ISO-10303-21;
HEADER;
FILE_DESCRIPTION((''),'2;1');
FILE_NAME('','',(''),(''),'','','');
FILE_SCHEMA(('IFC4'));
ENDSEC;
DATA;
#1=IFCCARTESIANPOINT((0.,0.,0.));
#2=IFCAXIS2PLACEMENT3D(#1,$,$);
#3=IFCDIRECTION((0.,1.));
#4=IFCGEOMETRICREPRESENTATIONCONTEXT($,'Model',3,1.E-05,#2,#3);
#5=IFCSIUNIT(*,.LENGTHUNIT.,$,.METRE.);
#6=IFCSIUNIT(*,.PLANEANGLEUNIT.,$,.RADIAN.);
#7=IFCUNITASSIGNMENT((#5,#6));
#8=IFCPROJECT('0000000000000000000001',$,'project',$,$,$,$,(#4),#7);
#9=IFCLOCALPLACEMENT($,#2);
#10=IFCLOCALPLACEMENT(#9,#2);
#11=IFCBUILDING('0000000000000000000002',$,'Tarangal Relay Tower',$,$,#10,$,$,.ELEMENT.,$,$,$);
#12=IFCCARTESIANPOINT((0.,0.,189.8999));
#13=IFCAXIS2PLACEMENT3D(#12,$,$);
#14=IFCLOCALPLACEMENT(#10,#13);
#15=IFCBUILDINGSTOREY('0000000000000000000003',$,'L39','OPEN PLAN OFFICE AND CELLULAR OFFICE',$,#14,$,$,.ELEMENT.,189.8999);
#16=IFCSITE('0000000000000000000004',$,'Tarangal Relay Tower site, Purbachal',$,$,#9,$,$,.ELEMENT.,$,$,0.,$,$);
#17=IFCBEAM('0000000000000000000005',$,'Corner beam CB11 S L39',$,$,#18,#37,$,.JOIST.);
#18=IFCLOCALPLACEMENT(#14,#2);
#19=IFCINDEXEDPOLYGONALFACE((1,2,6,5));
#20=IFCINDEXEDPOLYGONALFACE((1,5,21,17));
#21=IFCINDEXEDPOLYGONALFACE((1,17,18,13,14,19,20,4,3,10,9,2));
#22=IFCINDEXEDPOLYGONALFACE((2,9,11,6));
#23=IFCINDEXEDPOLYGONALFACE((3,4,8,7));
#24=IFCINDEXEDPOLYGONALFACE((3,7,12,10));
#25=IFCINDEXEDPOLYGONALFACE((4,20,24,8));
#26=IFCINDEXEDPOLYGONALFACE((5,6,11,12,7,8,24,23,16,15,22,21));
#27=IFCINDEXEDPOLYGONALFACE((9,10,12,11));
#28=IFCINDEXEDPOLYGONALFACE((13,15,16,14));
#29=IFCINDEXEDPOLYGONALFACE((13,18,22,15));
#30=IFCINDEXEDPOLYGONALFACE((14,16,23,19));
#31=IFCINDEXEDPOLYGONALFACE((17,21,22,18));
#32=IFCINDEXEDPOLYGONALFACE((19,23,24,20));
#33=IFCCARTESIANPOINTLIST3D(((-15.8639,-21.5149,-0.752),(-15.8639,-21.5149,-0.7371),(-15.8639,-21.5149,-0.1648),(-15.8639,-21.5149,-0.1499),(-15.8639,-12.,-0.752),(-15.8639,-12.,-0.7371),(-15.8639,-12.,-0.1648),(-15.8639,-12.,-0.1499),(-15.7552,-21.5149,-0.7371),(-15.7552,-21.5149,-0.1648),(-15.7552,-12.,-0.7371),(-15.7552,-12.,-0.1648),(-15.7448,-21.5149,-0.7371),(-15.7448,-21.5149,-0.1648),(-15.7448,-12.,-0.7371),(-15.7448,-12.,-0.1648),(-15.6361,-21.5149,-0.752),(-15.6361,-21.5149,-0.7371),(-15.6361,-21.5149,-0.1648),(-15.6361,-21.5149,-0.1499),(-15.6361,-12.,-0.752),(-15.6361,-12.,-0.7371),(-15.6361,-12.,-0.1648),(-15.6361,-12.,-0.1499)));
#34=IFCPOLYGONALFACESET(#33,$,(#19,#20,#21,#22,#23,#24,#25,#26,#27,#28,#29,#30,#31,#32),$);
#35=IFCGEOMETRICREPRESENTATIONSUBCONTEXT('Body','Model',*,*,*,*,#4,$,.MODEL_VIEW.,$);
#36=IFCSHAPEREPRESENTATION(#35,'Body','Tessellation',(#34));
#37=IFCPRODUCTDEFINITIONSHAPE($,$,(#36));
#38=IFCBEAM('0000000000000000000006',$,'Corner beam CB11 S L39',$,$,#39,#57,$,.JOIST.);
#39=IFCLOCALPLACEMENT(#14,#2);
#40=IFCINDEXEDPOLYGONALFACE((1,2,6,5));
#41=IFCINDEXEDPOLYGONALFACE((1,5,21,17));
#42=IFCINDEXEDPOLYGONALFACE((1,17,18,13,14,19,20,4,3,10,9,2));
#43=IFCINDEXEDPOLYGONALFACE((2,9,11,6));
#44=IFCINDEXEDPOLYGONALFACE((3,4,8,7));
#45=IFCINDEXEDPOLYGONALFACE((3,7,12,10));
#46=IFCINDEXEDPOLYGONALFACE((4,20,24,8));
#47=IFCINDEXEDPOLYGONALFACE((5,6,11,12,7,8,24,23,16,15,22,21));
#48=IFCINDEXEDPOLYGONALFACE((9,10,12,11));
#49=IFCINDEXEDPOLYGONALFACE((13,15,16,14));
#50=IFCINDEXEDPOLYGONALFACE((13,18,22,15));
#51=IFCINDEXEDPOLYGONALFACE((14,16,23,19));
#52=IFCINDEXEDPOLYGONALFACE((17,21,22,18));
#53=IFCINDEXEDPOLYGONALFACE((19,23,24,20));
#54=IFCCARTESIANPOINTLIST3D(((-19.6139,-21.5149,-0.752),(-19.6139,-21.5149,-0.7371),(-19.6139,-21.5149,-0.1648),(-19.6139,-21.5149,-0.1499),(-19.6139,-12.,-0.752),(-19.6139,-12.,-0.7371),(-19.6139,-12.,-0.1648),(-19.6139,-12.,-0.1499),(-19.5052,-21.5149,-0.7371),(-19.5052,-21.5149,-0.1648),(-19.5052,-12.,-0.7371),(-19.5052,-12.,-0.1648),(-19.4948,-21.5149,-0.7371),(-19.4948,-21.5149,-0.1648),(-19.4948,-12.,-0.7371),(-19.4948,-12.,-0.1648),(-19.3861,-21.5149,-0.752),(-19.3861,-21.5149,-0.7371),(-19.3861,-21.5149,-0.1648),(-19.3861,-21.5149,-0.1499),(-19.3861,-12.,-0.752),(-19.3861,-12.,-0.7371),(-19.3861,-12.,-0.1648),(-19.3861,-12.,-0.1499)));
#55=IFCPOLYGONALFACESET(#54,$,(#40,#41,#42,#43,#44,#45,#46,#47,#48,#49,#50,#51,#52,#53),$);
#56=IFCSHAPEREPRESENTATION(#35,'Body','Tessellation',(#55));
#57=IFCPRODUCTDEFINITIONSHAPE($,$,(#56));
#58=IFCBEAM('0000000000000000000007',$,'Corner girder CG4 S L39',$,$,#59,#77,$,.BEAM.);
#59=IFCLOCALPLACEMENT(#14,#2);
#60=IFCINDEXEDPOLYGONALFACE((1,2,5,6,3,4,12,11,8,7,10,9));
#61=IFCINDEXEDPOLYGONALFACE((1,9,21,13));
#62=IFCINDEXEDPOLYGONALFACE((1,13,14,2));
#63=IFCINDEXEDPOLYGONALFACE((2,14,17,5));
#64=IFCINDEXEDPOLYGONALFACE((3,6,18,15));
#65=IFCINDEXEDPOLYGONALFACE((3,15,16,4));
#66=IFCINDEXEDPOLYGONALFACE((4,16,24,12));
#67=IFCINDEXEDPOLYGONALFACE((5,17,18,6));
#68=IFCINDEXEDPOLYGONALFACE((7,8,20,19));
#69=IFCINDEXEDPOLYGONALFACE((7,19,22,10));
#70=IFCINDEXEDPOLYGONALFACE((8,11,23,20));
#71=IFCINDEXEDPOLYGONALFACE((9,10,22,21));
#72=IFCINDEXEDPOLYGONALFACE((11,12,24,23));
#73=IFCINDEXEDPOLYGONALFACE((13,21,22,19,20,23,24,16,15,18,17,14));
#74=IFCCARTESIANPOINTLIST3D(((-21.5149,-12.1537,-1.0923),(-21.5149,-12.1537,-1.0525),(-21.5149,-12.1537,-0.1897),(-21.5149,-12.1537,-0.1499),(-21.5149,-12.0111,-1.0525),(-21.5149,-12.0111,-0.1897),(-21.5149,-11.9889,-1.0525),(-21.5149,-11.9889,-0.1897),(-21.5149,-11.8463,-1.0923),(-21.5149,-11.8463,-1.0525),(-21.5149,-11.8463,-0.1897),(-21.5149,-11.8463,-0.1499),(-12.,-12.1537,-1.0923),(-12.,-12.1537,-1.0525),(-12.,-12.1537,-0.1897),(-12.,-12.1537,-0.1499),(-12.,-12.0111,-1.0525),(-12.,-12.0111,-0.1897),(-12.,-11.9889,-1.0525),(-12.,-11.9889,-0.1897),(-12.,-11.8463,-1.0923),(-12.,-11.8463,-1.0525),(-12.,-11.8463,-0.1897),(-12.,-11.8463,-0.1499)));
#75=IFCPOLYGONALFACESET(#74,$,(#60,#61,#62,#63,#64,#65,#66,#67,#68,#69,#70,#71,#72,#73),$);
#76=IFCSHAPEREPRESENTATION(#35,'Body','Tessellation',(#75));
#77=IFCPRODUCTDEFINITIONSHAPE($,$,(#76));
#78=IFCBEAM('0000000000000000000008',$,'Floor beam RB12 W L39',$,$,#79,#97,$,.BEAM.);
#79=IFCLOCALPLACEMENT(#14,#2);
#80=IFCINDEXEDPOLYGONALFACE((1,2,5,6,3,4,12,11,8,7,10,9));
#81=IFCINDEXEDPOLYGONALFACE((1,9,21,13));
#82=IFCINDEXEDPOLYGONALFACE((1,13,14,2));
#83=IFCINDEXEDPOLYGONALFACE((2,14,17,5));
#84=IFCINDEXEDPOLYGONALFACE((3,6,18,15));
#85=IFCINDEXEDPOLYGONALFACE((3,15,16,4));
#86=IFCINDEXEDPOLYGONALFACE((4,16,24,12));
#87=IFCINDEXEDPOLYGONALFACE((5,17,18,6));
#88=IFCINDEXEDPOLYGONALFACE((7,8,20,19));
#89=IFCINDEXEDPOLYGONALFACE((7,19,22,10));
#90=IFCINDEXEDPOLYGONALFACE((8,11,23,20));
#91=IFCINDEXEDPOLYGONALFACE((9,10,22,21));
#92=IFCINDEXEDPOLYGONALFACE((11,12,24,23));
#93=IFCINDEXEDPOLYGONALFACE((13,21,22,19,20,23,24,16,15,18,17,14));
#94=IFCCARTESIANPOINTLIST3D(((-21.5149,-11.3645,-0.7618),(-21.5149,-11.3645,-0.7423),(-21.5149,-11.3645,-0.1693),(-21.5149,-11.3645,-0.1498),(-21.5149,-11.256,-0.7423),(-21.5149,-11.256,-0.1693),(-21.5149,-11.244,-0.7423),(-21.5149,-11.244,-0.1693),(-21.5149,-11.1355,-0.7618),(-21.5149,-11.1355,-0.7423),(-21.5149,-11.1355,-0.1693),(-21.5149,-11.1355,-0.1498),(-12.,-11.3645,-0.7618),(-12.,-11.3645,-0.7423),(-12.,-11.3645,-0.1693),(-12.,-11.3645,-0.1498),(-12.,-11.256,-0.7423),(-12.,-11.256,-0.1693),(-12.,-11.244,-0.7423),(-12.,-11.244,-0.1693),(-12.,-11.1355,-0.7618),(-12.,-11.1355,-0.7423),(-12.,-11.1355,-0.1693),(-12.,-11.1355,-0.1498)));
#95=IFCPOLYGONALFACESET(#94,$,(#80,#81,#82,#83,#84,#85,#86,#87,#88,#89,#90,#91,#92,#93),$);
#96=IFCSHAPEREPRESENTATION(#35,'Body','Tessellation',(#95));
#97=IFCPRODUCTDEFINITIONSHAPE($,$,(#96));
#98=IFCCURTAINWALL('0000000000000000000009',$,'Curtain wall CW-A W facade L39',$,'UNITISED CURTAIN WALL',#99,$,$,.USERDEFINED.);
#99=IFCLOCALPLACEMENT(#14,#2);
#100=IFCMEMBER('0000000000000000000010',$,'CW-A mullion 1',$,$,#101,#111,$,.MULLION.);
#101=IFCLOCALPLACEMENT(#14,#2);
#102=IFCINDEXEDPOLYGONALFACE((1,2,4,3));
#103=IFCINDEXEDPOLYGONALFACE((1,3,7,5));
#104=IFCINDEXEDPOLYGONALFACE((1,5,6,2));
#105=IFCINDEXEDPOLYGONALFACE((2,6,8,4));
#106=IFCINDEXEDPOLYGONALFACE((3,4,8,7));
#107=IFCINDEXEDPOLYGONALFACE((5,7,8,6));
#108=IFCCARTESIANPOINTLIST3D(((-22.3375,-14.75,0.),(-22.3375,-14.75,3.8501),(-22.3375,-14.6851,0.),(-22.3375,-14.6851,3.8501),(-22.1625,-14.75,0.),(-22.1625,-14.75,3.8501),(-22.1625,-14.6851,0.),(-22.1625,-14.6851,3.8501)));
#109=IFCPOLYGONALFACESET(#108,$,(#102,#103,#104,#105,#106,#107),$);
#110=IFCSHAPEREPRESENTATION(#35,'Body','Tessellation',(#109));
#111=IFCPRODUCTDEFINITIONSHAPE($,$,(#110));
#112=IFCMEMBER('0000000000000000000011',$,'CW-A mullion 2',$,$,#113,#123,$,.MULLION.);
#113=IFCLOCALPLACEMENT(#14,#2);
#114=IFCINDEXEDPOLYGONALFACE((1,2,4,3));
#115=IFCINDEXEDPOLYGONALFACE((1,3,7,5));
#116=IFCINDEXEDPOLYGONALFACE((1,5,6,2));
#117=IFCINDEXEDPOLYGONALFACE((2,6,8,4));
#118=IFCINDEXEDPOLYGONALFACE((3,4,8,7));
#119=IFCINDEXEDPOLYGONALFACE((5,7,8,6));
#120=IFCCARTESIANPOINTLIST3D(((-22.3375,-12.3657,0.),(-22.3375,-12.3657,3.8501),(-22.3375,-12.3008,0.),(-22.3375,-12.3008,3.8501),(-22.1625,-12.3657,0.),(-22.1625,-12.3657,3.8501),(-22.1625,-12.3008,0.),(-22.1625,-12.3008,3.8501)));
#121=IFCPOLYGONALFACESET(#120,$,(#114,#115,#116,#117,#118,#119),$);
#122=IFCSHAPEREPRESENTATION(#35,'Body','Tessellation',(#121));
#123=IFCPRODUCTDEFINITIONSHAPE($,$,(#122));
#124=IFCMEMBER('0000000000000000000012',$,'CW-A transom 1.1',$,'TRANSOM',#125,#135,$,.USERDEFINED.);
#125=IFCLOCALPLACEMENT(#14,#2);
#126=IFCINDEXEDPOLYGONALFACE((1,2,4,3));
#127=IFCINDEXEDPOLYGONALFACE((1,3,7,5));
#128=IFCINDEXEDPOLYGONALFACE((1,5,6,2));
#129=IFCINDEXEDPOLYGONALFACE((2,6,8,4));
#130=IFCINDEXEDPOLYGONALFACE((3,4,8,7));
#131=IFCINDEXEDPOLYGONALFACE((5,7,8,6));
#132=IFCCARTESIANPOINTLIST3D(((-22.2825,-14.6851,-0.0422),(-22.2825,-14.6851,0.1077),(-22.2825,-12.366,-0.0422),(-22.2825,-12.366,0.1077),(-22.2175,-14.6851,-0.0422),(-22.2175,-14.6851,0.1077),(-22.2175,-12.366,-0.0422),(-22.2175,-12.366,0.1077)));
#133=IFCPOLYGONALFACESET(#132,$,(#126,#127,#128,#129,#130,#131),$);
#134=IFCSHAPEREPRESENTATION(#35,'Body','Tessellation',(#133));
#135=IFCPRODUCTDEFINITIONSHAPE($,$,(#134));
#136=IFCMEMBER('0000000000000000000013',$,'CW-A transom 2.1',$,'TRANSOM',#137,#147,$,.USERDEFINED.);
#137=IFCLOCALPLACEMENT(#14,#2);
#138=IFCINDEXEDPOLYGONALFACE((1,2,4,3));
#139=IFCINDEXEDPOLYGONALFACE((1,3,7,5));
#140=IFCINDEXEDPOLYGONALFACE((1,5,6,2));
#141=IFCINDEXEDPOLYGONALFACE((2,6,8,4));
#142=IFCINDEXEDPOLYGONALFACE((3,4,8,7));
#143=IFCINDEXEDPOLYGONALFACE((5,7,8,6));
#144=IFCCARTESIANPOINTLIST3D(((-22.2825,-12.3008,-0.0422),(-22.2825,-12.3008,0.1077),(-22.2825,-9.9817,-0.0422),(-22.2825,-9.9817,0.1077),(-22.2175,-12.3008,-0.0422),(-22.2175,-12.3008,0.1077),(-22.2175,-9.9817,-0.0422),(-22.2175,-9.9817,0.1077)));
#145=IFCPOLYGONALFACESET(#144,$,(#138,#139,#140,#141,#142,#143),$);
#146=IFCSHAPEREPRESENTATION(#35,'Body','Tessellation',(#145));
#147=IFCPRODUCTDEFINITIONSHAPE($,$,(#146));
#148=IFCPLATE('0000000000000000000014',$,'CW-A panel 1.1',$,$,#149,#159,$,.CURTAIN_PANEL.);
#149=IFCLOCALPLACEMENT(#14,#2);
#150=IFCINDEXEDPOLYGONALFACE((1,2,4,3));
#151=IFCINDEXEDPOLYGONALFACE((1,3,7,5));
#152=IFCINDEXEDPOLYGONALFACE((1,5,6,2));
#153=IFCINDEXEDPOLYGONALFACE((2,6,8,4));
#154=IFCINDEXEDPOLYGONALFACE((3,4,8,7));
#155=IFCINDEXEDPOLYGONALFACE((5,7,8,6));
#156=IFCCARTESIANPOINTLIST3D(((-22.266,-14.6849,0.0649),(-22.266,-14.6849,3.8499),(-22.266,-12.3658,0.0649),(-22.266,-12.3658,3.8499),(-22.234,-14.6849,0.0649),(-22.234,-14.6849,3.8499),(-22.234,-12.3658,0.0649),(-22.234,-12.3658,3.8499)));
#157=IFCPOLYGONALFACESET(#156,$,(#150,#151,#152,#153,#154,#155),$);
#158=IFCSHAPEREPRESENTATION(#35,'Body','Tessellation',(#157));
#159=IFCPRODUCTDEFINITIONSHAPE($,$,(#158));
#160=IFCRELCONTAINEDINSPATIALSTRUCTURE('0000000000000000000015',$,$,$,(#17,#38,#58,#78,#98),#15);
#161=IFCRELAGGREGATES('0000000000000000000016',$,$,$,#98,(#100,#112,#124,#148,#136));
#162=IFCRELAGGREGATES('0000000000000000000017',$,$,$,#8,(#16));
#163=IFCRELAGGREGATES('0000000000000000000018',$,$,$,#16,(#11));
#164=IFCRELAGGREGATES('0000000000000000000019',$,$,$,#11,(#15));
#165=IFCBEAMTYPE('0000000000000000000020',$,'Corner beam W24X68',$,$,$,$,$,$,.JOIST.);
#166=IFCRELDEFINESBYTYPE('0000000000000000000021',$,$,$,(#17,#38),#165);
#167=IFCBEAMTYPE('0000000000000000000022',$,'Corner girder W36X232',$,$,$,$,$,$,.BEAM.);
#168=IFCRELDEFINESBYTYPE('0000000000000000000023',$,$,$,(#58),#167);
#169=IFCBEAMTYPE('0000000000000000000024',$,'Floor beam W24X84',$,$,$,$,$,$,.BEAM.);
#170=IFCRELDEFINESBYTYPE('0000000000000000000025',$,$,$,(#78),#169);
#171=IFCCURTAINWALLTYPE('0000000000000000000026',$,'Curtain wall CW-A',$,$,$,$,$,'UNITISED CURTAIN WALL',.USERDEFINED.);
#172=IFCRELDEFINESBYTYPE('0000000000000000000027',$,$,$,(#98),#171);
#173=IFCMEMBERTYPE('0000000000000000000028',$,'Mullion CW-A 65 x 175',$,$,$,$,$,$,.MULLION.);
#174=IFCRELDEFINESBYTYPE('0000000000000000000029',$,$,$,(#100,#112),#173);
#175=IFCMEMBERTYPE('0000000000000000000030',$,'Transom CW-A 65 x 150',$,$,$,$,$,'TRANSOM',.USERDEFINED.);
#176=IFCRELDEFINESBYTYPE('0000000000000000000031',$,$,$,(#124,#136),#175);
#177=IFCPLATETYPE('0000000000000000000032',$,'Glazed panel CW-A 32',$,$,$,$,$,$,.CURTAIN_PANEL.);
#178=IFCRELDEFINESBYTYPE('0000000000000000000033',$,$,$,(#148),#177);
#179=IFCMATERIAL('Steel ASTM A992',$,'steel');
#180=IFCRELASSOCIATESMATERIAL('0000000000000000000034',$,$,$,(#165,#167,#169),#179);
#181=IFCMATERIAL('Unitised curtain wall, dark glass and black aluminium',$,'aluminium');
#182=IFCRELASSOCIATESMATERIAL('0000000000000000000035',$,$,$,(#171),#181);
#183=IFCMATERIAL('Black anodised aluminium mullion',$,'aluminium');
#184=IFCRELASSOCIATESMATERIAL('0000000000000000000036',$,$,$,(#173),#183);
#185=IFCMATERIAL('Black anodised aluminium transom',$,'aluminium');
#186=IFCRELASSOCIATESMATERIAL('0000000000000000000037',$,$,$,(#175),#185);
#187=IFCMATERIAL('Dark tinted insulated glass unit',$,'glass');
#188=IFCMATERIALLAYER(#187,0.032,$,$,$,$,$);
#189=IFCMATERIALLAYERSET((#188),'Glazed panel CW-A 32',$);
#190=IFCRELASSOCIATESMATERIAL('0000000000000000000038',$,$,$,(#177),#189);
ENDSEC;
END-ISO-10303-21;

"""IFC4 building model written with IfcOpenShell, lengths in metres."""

from ifc_helpers import new_model, si_unit, direction, frame, origin, origin_2d, place, context, subcontext, project, spatial, rectangle, i_section, extrude, material, layer, layer_set, material_profile, profile_set, type_object, element, aggregate, save


model = new_model("IFC4")

# Units and contexts
model_context = context("Model", 3, precision=1e-05, world=origin(), true_north=direction((0.0, 1.0)))
body_context = subcontext(model_context, "Body", "Model", "MODEL_VIEW")
ifc_project = project(units=[si_unit("LENGTHUNIT", "METRE"), si_unit("PLANEANGLEUNIT", "RADIAN")], contexts=[model_context])

# Site, building, storey
site_placement = place(None, origin())
site = spatial("IfcSite", under=ifc_project, at=site_placement, Name="Tarangal Relay Tower site, Purbachal", CompositionType="ELEMENT", RefElevation=0.0)
building_placement = place(site_placement, origin())
building = spatial("IfcBuilding", under=site, at=building_placement, Name="Tarangal Relay Tower", CompositionType="ELEMENT")
storey_placement = place(building_placement, frame((0.0, 0.0, 189.8999)))
storey = spatial("IfcBuildingStorey", under=building, at=storey_placement, Name="L39", Description="OPEN PLAN OFFICE AND CELLULAR OFFICE", CompositionType="ELEMENT", Elevation=189.8999)

# Beams
ifc_material_1 = material(Name="Steel ASTM A992", Category="steel")
ifc_material_profile_1 = material_profile(ifc_material_1, i_section(OverallWidth=0.2278, OverallDepth=0.6021, WebThickness=0.0105, FlangeThickness=0.0149, at=origin_2d()), Name="W24X68")
ifc_profile_set_1 = profile_set([ifc_material_profile_1], Name="Steel ASTM A992")
beam_type_1 = type_object("IfcBeamType", Name="Corner beam W24X68", PredefinedType="JOIST", material=ifc_profile_set_1)
for number, where, z_axis, x_axis, name in (
    (1, (-15.75, -12.0, -0.4509), (0.0, -1.0, 0.0), (1.0, 0.0, 0.0), "Corner beam CB11 S L39"),
    (2, (-19.5, -12.0, -0.4509), (0.0, -1.0, 0.0), (1.0, 0.0, 0.0), "Corner beam CB11 S L39"),
):
    element("IfcBeam", number, at=place(storey_placement, frame(where, z_axis=z_axis, x_axis=x_axis)), inside=storey, type_object=beam_type_1, Name=name, PredefinedType="JOIST", context=body_context, shape_type="SweptSolid", body=[
        extrude(i_section(OverallWidth=0.2278, OverallDepth=0.6021, WebThickness=0.0105, FlangeThickness=0.0149, at=origin_2d()), origin(), (0.0, 0.0, 1.0), 9.5149),
    ])
ifc_material_profile_2 = material_profile(ifc_material_1, i_section(OverallWidth=0.3074, OverallDepth=0.9424, WebThickness=0.0222, FlangeThickness=0.0398, at=origin_2d()), Name="W36X232")
ifc_profile_set_2 = profile_set([ifc_material_profile_2], Name="Steel ASTM A992")
beam_type_2 = type_object("IfcBeamType", Name="Corner girder W36X232", PredefinedType="BEAM", material=ifc_profile_set_2)
beam_1_placement = place(storey_placement, frame((-12.0, -12.0, -0.6211), z_axis=(-1.0, 0.0, 0.0), x_axis=(0.0, -1.0, 0.0)))
element("IfcBeam", 3, at=beam_1_placement, inside=storey, type_object=beam_type_2, Name="Corner girder CG4 S L39", PredefinedType="BEAM", context=body_context, shape_type="SweptSolid", body=[
    extrude(i_section(OverallWidth=0.3074, OverallDepth=0.9424, WebThickness=0.0222, FlangeThickness=0.0398, at=origin_2d()), origin(), (0.0, 0.0, 1.0), 9.5149),
])
ifc_material_profile_3 = material_profile(ifc_material_1, i_section(OverallWidth=0.229, OverallDepth=0.6121, WebThickness=0.012, FlangeThickness=0.0195, at=origin_2d()), Name="W24X84")
ifc_profile_set_3 = profile_set([ifc_material_profile_3], Name="Steel ASTM A992")
beam_type_3 = type_object("IfcBeamType", Name="Floor beam W24X84", PredefinedType="BEAM", material=ifc_profile_set_3)
beam_2_placement = place(storey_placement, frame((-12.0, -11.25, -0.4558), z_axis=(-1.0, 0.0, 0.0), x_axis=(0.0, -1.0, 0.0)))
element("IfcBeam", 4, at=beam_2_placement, inside=storey, type_object=beam_type_3, Name="Floor beam RB12 W L39", PredefinedType="BEAM", context=body_context, shape_type="SweptSolid", body=[
    extrude(i_section(OverallWidth=0.229, OverallDepth=0.6121, WebThickness=0.012, FlangeThickness=0.0195, at=origin_2d()), origin(), (0.0, 0.0, 1.0), 9.5149),
])

# Curtain wall, members, plate
ifc_material_2 = material(Name="Unitised curtain wall, dark glass and black aluminium", Category="aluminium")
curtain_wall_type = type_object("IfcCurtainWallType", Name="Curtain wall CW-A", ElementType="UNITISED CURTAIN WALL", PredefinedType="USERDEFINED", material=ifc_material_2)
curtain_wall_placement = place(storey_placement, origin())
curtain_wall = element("IfcCurtainWall", 5, at=curtain_wall_placement, inside=storey, type_object=curtain_wall_type, Name="Curtain wall CW-A W facade L39", ObjectType="UNITISED CURTAIN WALL", PredefinedType="USERDEFINED")
ifc_material_3 = material(Name="Black anodised aluminium mullion", Category="aluminium")
ifc_material_profile_4 = material_profile(ifc_material_3, rectangle(XDim=0.175, YDim=0.0649, at=origin_2d()), Name="CW-AM 65X175")
ifc_profile_set_4 = profile_set([ifc_material_profile_4], Name="Black anodised aluminium mullion")
member_type_1 = type_object("IfcMemberType", Name="Mullion CW-A 65 x 175", PredefinedType="MULLION", material=ifc_profile_set_4)
member_1_placement = place(storey_placement, frame((-22.25, -14.7175, 0.0), z_axis=(0.0, 0.0, 1.0), x_axis=(-1.0, 0.0, 0.0)))
member_1 = element("IfcMember", 6, at=member_1_placement, type_object=member_type_1, Name="CW-A mullion 1", PredefinedType="MULLION", context=body_context, shape_type="SweptSolid", body=[
    extrude(rectangle(XDim=0.175, YDim=0.0649, at=origin_2d()), origin(), (0.0, 0.0, 1.0), 3.8501),
])
member_2_placement = place(storey_placement, frame((-22.25, -12.3333, 0.0), z_axis=(0.0, 0.0, 1.0), x_axis=(-1.0, 0.0, 0.0)))
member_2 = element("IfcMember", 7, at=member_2_placement, type_object=member_type_1, Name="CW-A mullion 2", PredefinedType="MULLION", context=body_context, shape_type="SweptSolid", body=[
    extrude(rectangle(XDim=0.175, YDim=0.0649, at=origin_2d()), origin(), (0.0, 0.0, 1.0), 3.8501),
])
ifc_material_4 = material(Name="Black anodised aluminium transom", Category="aluminium")
ifc_material_profile_5 = material_profile(ifc_material_4, rectangle(XDim=0.0649, YDim=0.1499, at=origin_2d()), Name="CW-AT 65X150")
ifc_profile_set_5 = profile_set([ifc_material_profile_5], Name="Black anodised aluminium transom")
member_type_2 = type_object("IfcMemberType", Name="Transom CW-A 65 x 150", ElementType="TRANSOM", PredefinedType="USERDEFINED", material=ifc_profile_set_5)
member_3_placement = place(storey_placement, frame((-22.25, -14.6851, 0.0327), z_axis=(0.0, 1.0, 0.0), x_axis=(-1.0, 0.0, 0.0)))
member_3 = element("IfcMember", 8, at=member_3_placement, type_object=member_type_2, Name="CW-A transom 1.1", ObjectType="TRANSOM", PredefinedType="USERDEFINED", context=body_context, shape_type="SweptSolid", body=[
    extrude(rectangle(XDim=0.0649, YDim=0.1499, at=origin_2d()), origin(), (0.0, 0.0, 1.0), 2.3191),
])
member_4_placement = place(storey_placement, frame((-22.25, -12.3008, 0.0327), z_axis=(0.0, 1.0, 0.0), x_axis=(-1.0, 0.0, 0.0)))
member_4 = element("IfcMember", 9, at=member_4_placement, type_object=member_type_2, Name="CW-A transom 2.1", ObjectType="TRANSOM", PredefinedType="USERDEFINED", context=body_context, shape_type="SweptSolid", body=[
    extrude(rectangle(XDim=0.0649, YDim=0.1499, at=origin_2d()), origin(), (0.0, 0.0, 1.0), 2.3191),
])
ifc_material_5 = material(Name="Dark tinted insulated glass unit", Category="glass")
ifc_layer_1 = layer(ifc_material_5, 0.032)
ifc_layer_set_1 = layer_set([ifc_layer_1], Name="Glazed panel CW-A 32")
plate_type = type_object("IfcPlateType", Name="Glazed panel CW-A 32", PredefinedType="CURTAIN_PANEL", material=ifc_layer_set_1)
plate_placement = place(storey_placement, frame((-22.25, -13.5254, 0.0649), z_axis=(0.0, 0.0, 1.0), x_axis=(0.0, 1.0, 0.0)))
plate = element("IfcPlate", 10, at=plate_placement, type_object=plate_type, Name="CW-A panel 1.1", PredefinedType="CURTAIN_PANEL", context=body_context, shape_type="SweptSolid", body=[
    extrude(rectangle(XDim=2.3191, YDim=0.032, at=origin_2d()), origin(), (0.0, 0.0, 1.0), 3.7849),
])
aggregate(curtain_wall, [member_1, member_2, member_3, plate, member_4])

save(model, "model.ifc")
